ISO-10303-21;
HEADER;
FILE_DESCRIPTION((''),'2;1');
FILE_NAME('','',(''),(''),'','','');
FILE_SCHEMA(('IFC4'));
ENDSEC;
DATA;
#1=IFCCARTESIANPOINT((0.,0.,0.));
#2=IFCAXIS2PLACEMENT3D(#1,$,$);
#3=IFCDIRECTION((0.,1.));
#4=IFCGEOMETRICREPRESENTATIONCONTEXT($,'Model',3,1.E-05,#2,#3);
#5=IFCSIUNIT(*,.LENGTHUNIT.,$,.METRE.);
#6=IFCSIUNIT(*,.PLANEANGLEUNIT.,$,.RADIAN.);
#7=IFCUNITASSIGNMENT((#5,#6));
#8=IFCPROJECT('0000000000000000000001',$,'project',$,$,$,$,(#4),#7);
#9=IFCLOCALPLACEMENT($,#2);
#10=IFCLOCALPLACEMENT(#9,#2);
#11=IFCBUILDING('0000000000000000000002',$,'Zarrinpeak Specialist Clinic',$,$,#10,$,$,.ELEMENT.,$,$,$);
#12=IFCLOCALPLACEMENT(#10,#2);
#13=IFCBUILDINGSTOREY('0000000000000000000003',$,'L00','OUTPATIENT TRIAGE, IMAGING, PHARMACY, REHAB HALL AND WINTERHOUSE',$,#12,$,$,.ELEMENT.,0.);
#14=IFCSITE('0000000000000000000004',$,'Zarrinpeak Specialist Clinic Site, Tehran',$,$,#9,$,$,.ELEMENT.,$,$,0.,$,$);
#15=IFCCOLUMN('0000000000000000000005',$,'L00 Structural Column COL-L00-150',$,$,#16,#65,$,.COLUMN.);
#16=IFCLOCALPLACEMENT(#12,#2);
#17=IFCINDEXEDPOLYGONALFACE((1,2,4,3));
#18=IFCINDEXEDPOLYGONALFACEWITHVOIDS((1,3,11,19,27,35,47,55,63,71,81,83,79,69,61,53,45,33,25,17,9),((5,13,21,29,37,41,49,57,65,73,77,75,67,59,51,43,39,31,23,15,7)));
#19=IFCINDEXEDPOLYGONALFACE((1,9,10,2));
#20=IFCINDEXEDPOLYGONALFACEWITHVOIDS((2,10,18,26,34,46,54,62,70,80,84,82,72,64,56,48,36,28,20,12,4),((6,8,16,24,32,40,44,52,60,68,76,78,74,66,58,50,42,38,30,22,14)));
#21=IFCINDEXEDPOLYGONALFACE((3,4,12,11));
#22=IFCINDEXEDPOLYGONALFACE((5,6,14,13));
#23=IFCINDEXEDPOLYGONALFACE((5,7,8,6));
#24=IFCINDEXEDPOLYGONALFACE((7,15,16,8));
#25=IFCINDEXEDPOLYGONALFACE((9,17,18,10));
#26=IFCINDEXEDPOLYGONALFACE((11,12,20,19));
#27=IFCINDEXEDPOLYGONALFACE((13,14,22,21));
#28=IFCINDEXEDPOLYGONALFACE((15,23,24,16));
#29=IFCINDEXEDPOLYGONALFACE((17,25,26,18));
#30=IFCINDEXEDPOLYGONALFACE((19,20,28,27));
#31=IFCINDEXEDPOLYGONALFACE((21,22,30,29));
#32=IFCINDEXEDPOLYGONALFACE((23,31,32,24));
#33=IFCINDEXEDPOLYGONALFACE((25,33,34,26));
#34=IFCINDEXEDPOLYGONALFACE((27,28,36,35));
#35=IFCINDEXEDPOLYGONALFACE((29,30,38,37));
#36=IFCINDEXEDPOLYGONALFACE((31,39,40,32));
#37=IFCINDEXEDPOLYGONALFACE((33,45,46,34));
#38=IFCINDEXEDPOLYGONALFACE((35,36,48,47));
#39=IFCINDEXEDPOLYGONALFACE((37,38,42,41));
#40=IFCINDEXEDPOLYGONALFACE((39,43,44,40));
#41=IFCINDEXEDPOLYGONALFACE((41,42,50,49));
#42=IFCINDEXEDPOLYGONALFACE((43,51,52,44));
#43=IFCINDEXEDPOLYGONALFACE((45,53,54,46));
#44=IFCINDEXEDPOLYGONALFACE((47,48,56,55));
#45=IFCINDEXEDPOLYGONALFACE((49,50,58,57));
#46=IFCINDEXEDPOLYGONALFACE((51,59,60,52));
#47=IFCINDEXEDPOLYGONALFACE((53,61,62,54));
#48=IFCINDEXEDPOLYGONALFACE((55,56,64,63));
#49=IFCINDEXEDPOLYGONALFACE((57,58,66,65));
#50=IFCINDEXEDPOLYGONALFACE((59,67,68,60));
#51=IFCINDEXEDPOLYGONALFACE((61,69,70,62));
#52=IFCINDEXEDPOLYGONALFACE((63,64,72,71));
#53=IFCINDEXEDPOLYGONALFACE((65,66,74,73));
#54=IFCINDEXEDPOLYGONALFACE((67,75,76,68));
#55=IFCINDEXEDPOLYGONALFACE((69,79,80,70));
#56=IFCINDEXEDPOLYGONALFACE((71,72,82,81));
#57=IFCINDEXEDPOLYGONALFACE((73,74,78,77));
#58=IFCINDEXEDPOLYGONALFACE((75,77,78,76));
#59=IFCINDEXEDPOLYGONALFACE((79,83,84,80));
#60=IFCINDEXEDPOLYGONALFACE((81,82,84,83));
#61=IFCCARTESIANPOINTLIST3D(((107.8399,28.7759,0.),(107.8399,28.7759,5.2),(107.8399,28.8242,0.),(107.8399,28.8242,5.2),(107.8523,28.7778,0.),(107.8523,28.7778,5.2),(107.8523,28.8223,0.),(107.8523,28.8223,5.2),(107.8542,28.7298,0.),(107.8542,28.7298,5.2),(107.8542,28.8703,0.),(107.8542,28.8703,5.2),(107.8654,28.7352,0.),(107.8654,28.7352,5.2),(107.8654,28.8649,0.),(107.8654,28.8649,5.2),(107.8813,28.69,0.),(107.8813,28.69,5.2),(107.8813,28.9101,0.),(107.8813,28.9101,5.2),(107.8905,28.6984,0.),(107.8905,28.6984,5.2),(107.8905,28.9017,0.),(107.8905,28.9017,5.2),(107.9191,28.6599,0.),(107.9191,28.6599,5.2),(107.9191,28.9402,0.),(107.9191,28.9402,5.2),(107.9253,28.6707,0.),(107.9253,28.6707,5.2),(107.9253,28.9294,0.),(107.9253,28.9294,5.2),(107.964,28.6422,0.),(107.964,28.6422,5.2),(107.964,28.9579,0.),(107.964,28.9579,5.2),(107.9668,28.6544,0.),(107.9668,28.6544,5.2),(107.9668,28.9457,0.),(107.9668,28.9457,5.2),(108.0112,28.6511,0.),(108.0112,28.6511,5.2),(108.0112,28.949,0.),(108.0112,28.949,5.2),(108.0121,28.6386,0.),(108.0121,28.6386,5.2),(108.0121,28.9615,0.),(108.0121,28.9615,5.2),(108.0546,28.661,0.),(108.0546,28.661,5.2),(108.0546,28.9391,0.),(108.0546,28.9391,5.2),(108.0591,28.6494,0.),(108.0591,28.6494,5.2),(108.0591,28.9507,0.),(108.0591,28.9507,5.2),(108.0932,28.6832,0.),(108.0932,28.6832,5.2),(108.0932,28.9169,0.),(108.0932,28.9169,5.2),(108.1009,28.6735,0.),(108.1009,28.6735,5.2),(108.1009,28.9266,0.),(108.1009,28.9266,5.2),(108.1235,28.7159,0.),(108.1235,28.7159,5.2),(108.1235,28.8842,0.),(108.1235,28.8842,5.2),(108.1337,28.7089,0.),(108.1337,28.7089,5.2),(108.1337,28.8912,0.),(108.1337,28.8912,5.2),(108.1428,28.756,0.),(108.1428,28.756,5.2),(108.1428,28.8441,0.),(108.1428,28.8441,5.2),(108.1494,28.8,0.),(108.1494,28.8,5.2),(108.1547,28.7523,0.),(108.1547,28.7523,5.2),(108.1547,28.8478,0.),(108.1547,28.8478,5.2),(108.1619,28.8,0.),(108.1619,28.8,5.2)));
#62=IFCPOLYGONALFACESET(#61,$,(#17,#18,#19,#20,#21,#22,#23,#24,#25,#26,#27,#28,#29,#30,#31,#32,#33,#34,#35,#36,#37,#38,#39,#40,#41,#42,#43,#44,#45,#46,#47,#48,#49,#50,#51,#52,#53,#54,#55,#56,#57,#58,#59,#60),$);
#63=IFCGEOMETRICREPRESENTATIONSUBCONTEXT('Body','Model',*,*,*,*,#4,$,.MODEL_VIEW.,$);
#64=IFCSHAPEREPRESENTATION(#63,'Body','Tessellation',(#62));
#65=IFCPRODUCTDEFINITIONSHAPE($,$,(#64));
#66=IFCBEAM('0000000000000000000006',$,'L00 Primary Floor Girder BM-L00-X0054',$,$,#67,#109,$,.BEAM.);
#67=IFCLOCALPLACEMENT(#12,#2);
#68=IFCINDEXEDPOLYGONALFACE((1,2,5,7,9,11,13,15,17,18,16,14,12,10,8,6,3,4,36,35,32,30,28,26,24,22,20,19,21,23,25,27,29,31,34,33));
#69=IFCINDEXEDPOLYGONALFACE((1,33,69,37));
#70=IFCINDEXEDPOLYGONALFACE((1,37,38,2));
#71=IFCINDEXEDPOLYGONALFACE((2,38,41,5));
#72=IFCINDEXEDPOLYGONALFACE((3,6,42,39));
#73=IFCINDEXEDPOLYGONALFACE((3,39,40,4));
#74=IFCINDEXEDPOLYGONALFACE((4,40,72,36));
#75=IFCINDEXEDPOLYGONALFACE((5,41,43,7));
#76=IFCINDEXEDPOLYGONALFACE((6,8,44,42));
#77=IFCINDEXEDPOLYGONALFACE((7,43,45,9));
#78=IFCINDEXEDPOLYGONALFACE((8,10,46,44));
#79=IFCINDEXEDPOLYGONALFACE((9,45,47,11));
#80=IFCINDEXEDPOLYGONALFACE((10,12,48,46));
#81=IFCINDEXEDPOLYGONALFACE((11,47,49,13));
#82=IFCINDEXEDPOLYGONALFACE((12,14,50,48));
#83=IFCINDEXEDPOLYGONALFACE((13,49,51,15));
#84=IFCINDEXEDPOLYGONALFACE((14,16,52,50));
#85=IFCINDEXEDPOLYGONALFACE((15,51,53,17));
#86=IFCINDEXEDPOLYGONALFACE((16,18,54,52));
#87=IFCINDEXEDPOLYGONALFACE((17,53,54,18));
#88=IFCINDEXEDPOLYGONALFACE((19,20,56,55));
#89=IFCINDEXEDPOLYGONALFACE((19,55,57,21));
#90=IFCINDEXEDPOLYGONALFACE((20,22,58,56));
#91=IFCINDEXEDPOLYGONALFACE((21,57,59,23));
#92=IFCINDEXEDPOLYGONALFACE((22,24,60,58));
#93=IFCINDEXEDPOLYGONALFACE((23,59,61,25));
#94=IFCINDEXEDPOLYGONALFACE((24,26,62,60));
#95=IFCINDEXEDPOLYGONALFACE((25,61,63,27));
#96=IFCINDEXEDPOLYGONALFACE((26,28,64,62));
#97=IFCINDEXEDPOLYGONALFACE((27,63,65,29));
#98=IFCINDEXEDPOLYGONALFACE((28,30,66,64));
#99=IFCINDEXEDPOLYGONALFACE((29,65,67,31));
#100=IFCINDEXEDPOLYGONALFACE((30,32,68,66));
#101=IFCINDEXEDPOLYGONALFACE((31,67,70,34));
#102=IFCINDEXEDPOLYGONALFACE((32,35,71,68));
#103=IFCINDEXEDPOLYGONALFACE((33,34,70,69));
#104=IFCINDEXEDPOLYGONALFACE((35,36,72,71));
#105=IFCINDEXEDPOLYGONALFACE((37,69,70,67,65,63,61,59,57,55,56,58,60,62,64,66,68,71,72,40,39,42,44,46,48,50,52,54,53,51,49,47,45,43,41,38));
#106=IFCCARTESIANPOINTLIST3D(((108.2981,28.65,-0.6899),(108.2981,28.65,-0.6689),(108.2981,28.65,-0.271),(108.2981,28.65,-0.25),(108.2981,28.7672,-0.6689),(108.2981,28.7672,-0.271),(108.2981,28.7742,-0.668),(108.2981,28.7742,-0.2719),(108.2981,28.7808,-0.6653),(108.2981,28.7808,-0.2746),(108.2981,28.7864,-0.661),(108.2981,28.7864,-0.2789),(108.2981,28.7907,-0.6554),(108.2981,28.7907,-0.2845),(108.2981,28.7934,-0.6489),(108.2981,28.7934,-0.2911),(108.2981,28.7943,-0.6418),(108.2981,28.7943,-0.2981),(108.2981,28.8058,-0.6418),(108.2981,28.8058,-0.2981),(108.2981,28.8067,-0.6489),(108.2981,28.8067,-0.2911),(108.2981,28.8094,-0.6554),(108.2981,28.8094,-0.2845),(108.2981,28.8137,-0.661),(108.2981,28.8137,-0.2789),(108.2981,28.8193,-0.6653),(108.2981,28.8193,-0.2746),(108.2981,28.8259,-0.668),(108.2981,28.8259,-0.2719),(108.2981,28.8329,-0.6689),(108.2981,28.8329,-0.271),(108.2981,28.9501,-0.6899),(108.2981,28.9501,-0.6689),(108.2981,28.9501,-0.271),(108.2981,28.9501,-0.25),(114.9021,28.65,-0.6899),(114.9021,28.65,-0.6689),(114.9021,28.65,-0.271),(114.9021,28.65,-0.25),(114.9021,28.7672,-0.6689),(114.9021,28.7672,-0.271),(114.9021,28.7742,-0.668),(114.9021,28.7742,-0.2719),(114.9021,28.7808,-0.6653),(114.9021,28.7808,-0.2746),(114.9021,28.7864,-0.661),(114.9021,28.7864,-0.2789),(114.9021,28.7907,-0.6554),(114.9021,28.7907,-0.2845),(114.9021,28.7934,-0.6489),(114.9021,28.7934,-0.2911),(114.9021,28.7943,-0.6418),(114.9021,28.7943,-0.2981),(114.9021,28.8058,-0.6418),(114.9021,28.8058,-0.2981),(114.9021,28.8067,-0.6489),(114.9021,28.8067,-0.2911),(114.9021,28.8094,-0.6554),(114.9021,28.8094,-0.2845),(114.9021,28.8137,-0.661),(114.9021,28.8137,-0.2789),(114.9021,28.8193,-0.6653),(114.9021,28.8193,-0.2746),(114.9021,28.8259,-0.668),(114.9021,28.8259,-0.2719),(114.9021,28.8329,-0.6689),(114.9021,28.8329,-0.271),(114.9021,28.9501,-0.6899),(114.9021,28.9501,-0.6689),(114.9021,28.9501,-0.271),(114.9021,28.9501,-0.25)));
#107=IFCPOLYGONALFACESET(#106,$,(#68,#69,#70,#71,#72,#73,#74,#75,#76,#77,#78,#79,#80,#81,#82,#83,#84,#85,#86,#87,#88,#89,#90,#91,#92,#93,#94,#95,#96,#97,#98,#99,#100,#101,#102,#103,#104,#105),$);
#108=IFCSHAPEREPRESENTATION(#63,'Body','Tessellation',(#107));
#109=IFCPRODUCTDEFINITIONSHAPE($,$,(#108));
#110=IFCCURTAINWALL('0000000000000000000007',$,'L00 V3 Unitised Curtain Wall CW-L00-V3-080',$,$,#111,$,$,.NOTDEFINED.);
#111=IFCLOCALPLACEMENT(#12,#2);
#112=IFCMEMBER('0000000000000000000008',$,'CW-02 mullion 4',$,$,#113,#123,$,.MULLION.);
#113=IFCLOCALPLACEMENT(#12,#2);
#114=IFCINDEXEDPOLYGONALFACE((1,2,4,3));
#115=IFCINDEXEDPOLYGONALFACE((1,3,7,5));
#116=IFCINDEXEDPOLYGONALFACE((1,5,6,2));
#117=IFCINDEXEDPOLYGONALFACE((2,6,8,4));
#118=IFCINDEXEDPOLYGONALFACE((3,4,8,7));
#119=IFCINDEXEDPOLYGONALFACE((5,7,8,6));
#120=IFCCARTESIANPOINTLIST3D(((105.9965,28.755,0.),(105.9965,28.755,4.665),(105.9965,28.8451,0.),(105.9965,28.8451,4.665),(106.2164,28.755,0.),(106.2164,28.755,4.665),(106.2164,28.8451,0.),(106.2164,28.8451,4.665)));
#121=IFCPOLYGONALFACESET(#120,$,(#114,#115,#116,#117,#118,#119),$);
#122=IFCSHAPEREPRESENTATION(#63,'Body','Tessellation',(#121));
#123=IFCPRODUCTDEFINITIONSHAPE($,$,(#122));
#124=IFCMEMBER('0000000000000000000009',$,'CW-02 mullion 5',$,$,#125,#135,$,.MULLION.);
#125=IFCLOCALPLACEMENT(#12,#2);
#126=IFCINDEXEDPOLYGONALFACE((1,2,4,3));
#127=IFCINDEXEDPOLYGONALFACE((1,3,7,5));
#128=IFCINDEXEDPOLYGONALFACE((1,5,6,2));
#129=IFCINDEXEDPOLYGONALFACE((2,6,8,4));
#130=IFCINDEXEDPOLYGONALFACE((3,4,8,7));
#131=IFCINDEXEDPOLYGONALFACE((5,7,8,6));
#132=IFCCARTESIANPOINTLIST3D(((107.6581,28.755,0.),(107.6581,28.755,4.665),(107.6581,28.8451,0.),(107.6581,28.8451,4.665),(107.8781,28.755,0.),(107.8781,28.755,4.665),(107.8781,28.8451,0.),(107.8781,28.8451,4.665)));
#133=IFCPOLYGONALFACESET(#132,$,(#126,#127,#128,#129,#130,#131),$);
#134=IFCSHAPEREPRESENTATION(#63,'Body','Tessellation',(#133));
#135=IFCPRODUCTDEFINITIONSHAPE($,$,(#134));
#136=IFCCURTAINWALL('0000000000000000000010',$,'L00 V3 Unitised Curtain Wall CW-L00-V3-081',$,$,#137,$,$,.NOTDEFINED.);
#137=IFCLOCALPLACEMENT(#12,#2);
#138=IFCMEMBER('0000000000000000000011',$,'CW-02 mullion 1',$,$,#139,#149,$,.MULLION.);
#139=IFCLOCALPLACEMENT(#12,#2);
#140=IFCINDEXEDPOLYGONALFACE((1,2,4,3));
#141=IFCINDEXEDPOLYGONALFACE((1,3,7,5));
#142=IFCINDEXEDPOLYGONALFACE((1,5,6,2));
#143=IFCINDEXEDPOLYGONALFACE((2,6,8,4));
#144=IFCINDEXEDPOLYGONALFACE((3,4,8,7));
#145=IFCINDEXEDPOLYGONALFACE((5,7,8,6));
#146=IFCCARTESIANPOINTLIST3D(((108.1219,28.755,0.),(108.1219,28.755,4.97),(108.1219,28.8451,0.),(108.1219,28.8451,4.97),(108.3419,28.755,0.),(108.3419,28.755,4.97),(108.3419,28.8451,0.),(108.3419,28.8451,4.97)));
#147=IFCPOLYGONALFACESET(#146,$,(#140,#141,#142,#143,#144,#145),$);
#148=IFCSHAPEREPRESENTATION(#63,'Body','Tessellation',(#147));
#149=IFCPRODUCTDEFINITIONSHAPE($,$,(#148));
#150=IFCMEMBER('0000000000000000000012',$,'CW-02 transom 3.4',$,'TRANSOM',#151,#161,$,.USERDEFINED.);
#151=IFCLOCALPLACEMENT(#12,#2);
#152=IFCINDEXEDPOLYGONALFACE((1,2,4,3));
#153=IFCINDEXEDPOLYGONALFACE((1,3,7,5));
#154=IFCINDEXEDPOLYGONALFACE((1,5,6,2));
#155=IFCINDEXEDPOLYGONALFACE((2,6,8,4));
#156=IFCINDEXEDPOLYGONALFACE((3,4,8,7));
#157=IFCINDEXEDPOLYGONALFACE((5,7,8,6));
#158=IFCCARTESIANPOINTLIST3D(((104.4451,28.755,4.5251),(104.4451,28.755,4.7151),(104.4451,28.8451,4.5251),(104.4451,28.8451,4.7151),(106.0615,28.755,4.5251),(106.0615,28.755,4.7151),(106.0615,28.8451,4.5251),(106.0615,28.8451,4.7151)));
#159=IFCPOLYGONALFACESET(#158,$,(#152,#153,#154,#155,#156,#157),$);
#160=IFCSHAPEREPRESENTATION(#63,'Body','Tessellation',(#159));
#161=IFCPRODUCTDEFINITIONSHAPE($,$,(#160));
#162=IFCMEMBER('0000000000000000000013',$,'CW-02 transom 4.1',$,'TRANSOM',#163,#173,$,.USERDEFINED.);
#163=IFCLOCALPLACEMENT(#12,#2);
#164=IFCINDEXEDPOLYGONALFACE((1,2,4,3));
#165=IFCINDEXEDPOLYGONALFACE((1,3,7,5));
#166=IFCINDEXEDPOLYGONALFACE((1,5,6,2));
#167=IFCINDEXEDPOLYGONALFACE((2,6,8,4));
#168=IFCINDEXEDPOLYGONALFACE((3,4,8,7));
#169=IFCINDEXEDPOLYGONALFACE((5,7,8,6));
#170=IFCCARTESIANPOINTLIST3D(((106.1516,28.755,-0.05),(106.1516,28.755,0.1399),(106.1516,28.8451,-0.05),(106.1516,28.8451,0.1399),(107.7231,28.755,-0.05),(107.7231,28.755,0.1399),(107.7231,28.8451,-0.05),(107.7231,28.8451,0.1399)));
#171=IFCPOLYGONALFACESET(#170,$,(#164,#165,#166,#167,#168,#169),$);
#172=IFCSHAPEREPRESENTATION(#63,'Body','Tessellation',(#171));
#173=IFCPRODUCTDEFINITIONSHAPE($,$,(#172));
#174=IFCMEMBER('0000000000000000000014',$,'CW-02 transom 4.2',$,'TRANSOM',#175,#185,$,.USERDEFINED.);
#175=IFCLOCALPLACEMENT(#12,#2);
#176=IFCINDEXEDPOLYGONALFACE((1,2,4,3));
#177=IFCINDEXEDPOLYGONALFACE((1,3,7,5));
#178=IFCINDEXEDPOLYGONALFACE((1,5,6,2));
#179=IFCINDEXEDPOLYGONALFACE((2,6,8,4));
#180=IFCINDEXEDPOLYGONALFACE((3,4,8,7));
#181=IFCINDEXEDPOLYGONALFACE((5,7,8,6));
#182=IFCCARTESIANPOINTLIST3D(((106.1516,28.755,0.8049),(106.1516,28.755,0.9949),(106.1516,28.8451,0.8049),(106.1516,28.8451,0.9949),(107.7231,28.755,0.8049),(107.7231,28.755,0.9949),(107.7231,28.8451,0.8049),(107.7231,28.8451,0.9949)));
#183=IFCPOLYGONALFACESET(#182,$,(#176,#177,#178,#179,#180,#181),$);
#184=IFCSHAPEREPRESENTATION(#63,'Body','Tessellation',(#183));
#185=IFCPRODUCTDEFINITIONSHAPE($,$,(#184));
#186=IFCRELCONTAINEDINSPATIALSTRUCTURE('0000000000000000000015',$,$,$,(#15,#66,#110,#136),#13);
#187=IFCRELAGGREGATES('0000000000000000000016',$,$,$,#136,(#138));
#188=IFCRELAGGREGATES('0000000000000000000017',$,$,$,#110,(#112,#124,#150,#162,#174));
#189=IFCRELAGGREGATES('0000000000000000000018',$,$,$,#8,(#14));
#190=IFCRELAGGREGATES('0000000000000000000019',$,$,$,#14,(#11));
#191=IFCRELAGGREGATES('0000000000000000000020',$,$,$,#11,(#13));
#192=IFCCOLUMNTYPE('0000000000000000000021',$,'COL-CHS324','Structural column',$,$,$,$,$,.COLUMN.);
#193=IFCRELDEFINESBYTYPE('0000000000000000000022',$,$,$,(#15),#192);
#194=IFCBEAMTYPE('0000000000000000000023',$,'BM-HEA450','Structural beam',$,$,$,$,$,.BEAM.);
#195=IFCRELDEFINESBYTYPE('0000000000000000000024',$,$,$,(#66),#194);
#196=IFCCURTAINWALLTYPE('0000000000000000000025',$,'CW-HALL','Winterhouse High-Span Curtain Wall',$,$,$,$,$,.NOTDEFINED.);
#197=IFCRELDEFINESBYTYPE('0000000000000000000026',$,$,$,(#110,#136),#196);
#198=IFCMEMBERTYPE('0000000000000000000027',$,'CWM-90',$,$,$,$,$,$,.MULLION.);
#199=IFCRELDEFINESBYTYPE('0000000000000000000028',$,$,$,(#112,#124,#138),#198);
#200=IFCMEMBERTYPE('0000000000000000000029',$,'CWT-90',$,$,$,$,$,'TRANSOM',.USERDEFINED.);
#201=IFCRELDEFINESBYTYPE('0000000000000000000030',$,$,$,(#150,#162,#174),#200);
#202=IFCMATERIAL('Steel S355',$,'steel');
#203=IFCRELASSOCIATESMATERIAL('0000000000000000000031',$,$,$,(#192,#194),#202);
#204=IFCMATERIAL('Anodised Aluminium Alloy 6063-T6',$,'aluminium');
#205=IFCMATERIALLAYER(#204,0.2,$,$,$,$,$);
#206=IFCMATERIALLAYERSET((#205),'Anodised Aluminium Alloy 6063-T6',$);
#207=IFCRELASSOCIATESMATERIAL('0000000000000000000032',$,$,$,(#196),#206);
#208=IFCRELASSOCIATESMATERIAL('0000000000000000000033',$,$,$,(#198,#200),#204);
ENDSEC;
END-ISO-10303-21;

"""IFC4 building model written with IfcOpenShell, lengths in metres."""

from ifc_helpers import new_model, si_unit, direction, frame, origin, origin_2d, place, context, subcontext, project, spatial, rectangle, hollow_circle, i_section, extrude, material, layer, layer_set, material_profile, profile_set, type_object, element, aggregate, save


model = new_model("IFC4")

# Units and contexts
model_context = context("Model", 3, precision=1e-05, world=origin(), true_north=direction((0.0, 1.0)))
body_context = subcontext(model_context, "Body", "Model", "MODEL_VIEW")
ifc_project = project(units=[si_unit("LENGTHUNIT", "METRE"), si_unit("PLANEANGLEUNIT", "RADIAN")], contexts=[model_context])

# Site, building, storey
site_placement = place(None, origin())
site = spatial("IfcSite", under=ifc_project, at=site_placement, Name="Zarrinpeak Specialist Clinic Site, Tehran", CompositionType="ELEMENT", RefElevation=0.0)
building_placement = place(site_placement, origin())
building = spatial("IfcBuilding", under=site, at=building_placement, Name="Zarrinpeak Specialist Clinic", CompositionType="ELEMENT")
storey_placement = place(building_placement, origin())
storey = spatial("IfcBuildingStorey", under=building, at=storey_placement, Name="L00", Description="OUTPATIENT TRIAGE, IMAGING, PHARMACY, REHAB HALL AND WINTERHOUSE", CompositionType="ELEMENT", Elevation=0.0)

# Column
ifc_material_1 = material(Name="Steel S355", Category="steel")
ifc_material_profile_1 = material_profile(ifc_material_1, hollow_circle(Radius=0.1619, WallThickness=0.0125, at=origin_2d()), Name="CHS 323.9x12.5")
ifc_profile_set_1 = profile_set([ifc_material_profile_1], Name="Steel S355")
column_type = type_object("IfcColumnType", Name="COL-CHS324", Description="Structural column", PredefinedType="COLUMN", material=ifc_profile_set_1)
column_placement = place(storey_placement, frame((108.0, 28.8, 0.0), z_axis=(0.0, 0.0, 1.0), x_axis=(1.0, 0.0, 0.0)))
element("IfcColumn", 1, at=column_placement, inside=storey, type_object=column_type, Name="L00 Structural Column COL-L00-150", PredefinedType="COLUMN", context=body_context, shape_type="SweptSolid", body=[
    extrude(hollow_circle(Radius=0.1619, WallThickness=0.0125, at=origin_2d()), origin(), (0.0, 0.0, 1.0), 5.2),
])

# Beam
ifc_material_profile_2 = material_profile(ifc_material_1, i_section(OverallWidth=0.3, OverallDepth=0.4399, WebThickness=0.0115, FlangeThickness=0.021, FilletRadius=0.0271, at=origin_2d()), Name="HEA 450")
ifc_profile_set_2 = profile_set([ifc_material_profile_2], Name="Steel S355")
beam_type = type_object("IfcBeamType", Name="BM-HEA450", Description="Structural beam", PredefinedType="BEAM", material=ifc_profile_set_2)
beam_placement = place(storey_placement, frame((108.2981, 28.8, -0.47), z_axis=(1.0, 0.0, 0.0), x_axis=(0.0, 1.0, 0.0)))
element("IfcBeam", 2, at=beam_placement, inside=storey, type_object=beam_type, Name="L00 Primary Floor Girder BM-L00-X0054", PredefinedType="BEAM", context=body_context, shape_type="SweptSolid", body=[
    extrude(i_section(OverallWidth=0.3, OverallDepth=0.4399, WebThickness=0.0115, FlangeThickness=0.021, FilletRadius=0.0271, at=origin_2d()), origin(), (0.0, 0.0, 1.0), 6.604),
])

# Curtain wall, members
ifc_material_2 = material(Name="Anodised Aluminium Alloy 6063-T6", Category="aluminium")
ifc_layer_1 = layer(ifc_material_2, 0.2)
ifc_layer_set_1 = layer_set([ifc_layer_1], Name="Anodised Aluminium Alloy 6063-T6")
curtain_wall_type = type_object("IfcCurtainWallType", Name="CW-HALL", Description="Winterhouse High-Span Curtain Wall", PredefinedType="NOTDEFINED", material=ifc_layer_set_1)
curtain_wall_1_placement = place(storey_placement, origin())
curtain_wall_1 = element("IfcCurtainWall", 3, at=curtain_wall_1_placement, inside=storey, type_object=curtain_wall_type, Name="L00 V3 Unitised Curtain Wall CW-L00-V3-080", PredefinedType="NOTDEFINED")
ifc_material_profile_3 = material_profile(ifc_material_2, rectangle(XDim=0.0901, YDim=0.22, at=origin_2d()), Name="ALU 90x220")
ifc_profile_set_3 = profile_set([ifc_material_profile_3], Name="Anodised Aluminium Alloy 6063-T6")
member_type_1 = type_object("IfcMemberType", Name="CWM-90", PredefinedType="MULLION", material=ifc_profile_set_3)
member_1_placement = place(storey_placement, frame((106.1064, 28.8, 0.0), z_axis=(0.0, 0.0, 1.0), x_axis=(0.0, 1.0, 0.0)))
member_1 = element("IfcMember", 4, at=member_1_placement, type_object=member_type_1, Name="CW-02 mullion 4", PredefinedType="MULLION", context=body_context, shape_type="SweptSolid", body=[
    extrude(rectangle(XDim=0.0901, YDim=0.22, at=origin_2d()), origin(), (0.0, 0.0, 1.0), 4.665),
])
member_2_placement = place(storey_placement, frame((107.7681, 28.8, 0.0), z_axis=(0.0, 0.0, 1.0), x_axis=(0.0, 1.0, 0.0)))
member_2 = element("IfcMember", 5, at=member_2_placement, type_object=member_type_1, Name="CW-02 mullion 5", PredefinedType="MULLION", context=body_context, shape_type="SweptSolid", body=[
    extrude(rectangle(XDim=0.0901, YDim=0.22, at=origin_2d()), origin(), (0.0, 0.0, 1.0), 4.665),
])

# Curtain wall, member
curtain_wall_2_placement = place(storey_placement, origin())
curtain_wall_2 = element("IfcCurtainWall", 6, at=curtain_wall_2_placement, inside=storey, type_object=curtain_wall_type, Name="L00 V3 Unitised Curtain Wall CW-L00-V3-081", PredefinedType="NOTDEFINED")
member_3_placement = place(storey_placement, frame((108.2319, 28.8, 0.0), z_axis=(0.0, 0.0, 1.0), x_axis=(0.0, 1.0, 0.0)))
member_3 = element("IfcMember", 7, at=member_3_placement, type_object=member_type_1, Name="CW-02 mullion 1", PredefinedType="MULLION", context=body_context, shape_type="SweptSolid", body=[
    extrude(rectangle(XDim=0.0901, YDim=0.22, at=origin_2d()), origin(), (0.0, 0.0, 1.0), 4.97),
])

# Members
ifc_material_profile_4 = material_profile(ifc_material_2, rectangle(XDim=0.0901, YDim=0.1899, at=origin_2d()), Name="ALU 90x190")
ifc_profile_set_4 = profile_set([ifc_material_profile_4], Name="Anodised Aluminium Alloy 6063-T6")
member_type_2 = type_object("IfcMemberType", Name="CWT-90", ElementType="TRANSOM", PredefinedType="USERDEFINED", material=ifc_profile_set_4)
member_4_placement = place(storey_placement, frame((104.4451, 28.8, 4.6201), z_axis=(1.0, 0.0, 0.0), x_axis=(0.0, 1.0, 0.0)))
member_4 = element("IfcMember", 8, at=member_4_placement, type_object=member_type_2, Name="CW-02 transom 3.4", ObjectType="TRANSOM", PredefinedType="USERDEFINED", context=body_context, shape_type="SweptSolid", body=[
    extrude(rectangle(XDim=0.0901, YDim=0.1899, at=origin_2d()), origin(), (0.0, 0.0, 1.0), 1.6165),
])
member_5_placement = place(storey_placement, frame((106.1516, 28.8, 0.0449), z_axis=(1.0, 0.0, 0.0), x_axis=(0.0, 1.0, 0.0)))
member_5 = element("IfcMember", 9, at=member_5_placement, type_object=member_type_2, Name="CW-02 transom 4.1", ObjectType="TRANSOM", PredefinedType="USERDEFINED", context=body_context, shape_type="SweptSolid", body=[
    extrude(rectangle(XDim=0.0901, YDim=0.1899, at=origin_2d()), origin(), (0.0, 0.0, 1.0), 1.5715),
])
member_6_placement = place(storey_placement, frame((106.1516, 28.8, 0.8999), z_axis=(1.0, 0.0, 0.0), x_axis=(0.0, 1.0, 0.0)))
member_6 = element("IfcMember", 10, at=member_6_placement, type_object=member_type_2, Name="CW-02 transom 4.2", ObjectType="TRANSOM", PredefinedType="USERDEFINED", context=body_context, shape_type="SweptSolid", body=[
    extrude(rectangle(XDim=0.0901, YDim=0.1899, at=origin_2d()), origin(), (0.0, 0.0, 1.0), 1.5715),
])
aggregate(curtain_wall_2, [member_3])

aggregate(curtain_wall_1, [member_1, member_2, member_4, member_5, member_6])

save(model, "model.ifc")
